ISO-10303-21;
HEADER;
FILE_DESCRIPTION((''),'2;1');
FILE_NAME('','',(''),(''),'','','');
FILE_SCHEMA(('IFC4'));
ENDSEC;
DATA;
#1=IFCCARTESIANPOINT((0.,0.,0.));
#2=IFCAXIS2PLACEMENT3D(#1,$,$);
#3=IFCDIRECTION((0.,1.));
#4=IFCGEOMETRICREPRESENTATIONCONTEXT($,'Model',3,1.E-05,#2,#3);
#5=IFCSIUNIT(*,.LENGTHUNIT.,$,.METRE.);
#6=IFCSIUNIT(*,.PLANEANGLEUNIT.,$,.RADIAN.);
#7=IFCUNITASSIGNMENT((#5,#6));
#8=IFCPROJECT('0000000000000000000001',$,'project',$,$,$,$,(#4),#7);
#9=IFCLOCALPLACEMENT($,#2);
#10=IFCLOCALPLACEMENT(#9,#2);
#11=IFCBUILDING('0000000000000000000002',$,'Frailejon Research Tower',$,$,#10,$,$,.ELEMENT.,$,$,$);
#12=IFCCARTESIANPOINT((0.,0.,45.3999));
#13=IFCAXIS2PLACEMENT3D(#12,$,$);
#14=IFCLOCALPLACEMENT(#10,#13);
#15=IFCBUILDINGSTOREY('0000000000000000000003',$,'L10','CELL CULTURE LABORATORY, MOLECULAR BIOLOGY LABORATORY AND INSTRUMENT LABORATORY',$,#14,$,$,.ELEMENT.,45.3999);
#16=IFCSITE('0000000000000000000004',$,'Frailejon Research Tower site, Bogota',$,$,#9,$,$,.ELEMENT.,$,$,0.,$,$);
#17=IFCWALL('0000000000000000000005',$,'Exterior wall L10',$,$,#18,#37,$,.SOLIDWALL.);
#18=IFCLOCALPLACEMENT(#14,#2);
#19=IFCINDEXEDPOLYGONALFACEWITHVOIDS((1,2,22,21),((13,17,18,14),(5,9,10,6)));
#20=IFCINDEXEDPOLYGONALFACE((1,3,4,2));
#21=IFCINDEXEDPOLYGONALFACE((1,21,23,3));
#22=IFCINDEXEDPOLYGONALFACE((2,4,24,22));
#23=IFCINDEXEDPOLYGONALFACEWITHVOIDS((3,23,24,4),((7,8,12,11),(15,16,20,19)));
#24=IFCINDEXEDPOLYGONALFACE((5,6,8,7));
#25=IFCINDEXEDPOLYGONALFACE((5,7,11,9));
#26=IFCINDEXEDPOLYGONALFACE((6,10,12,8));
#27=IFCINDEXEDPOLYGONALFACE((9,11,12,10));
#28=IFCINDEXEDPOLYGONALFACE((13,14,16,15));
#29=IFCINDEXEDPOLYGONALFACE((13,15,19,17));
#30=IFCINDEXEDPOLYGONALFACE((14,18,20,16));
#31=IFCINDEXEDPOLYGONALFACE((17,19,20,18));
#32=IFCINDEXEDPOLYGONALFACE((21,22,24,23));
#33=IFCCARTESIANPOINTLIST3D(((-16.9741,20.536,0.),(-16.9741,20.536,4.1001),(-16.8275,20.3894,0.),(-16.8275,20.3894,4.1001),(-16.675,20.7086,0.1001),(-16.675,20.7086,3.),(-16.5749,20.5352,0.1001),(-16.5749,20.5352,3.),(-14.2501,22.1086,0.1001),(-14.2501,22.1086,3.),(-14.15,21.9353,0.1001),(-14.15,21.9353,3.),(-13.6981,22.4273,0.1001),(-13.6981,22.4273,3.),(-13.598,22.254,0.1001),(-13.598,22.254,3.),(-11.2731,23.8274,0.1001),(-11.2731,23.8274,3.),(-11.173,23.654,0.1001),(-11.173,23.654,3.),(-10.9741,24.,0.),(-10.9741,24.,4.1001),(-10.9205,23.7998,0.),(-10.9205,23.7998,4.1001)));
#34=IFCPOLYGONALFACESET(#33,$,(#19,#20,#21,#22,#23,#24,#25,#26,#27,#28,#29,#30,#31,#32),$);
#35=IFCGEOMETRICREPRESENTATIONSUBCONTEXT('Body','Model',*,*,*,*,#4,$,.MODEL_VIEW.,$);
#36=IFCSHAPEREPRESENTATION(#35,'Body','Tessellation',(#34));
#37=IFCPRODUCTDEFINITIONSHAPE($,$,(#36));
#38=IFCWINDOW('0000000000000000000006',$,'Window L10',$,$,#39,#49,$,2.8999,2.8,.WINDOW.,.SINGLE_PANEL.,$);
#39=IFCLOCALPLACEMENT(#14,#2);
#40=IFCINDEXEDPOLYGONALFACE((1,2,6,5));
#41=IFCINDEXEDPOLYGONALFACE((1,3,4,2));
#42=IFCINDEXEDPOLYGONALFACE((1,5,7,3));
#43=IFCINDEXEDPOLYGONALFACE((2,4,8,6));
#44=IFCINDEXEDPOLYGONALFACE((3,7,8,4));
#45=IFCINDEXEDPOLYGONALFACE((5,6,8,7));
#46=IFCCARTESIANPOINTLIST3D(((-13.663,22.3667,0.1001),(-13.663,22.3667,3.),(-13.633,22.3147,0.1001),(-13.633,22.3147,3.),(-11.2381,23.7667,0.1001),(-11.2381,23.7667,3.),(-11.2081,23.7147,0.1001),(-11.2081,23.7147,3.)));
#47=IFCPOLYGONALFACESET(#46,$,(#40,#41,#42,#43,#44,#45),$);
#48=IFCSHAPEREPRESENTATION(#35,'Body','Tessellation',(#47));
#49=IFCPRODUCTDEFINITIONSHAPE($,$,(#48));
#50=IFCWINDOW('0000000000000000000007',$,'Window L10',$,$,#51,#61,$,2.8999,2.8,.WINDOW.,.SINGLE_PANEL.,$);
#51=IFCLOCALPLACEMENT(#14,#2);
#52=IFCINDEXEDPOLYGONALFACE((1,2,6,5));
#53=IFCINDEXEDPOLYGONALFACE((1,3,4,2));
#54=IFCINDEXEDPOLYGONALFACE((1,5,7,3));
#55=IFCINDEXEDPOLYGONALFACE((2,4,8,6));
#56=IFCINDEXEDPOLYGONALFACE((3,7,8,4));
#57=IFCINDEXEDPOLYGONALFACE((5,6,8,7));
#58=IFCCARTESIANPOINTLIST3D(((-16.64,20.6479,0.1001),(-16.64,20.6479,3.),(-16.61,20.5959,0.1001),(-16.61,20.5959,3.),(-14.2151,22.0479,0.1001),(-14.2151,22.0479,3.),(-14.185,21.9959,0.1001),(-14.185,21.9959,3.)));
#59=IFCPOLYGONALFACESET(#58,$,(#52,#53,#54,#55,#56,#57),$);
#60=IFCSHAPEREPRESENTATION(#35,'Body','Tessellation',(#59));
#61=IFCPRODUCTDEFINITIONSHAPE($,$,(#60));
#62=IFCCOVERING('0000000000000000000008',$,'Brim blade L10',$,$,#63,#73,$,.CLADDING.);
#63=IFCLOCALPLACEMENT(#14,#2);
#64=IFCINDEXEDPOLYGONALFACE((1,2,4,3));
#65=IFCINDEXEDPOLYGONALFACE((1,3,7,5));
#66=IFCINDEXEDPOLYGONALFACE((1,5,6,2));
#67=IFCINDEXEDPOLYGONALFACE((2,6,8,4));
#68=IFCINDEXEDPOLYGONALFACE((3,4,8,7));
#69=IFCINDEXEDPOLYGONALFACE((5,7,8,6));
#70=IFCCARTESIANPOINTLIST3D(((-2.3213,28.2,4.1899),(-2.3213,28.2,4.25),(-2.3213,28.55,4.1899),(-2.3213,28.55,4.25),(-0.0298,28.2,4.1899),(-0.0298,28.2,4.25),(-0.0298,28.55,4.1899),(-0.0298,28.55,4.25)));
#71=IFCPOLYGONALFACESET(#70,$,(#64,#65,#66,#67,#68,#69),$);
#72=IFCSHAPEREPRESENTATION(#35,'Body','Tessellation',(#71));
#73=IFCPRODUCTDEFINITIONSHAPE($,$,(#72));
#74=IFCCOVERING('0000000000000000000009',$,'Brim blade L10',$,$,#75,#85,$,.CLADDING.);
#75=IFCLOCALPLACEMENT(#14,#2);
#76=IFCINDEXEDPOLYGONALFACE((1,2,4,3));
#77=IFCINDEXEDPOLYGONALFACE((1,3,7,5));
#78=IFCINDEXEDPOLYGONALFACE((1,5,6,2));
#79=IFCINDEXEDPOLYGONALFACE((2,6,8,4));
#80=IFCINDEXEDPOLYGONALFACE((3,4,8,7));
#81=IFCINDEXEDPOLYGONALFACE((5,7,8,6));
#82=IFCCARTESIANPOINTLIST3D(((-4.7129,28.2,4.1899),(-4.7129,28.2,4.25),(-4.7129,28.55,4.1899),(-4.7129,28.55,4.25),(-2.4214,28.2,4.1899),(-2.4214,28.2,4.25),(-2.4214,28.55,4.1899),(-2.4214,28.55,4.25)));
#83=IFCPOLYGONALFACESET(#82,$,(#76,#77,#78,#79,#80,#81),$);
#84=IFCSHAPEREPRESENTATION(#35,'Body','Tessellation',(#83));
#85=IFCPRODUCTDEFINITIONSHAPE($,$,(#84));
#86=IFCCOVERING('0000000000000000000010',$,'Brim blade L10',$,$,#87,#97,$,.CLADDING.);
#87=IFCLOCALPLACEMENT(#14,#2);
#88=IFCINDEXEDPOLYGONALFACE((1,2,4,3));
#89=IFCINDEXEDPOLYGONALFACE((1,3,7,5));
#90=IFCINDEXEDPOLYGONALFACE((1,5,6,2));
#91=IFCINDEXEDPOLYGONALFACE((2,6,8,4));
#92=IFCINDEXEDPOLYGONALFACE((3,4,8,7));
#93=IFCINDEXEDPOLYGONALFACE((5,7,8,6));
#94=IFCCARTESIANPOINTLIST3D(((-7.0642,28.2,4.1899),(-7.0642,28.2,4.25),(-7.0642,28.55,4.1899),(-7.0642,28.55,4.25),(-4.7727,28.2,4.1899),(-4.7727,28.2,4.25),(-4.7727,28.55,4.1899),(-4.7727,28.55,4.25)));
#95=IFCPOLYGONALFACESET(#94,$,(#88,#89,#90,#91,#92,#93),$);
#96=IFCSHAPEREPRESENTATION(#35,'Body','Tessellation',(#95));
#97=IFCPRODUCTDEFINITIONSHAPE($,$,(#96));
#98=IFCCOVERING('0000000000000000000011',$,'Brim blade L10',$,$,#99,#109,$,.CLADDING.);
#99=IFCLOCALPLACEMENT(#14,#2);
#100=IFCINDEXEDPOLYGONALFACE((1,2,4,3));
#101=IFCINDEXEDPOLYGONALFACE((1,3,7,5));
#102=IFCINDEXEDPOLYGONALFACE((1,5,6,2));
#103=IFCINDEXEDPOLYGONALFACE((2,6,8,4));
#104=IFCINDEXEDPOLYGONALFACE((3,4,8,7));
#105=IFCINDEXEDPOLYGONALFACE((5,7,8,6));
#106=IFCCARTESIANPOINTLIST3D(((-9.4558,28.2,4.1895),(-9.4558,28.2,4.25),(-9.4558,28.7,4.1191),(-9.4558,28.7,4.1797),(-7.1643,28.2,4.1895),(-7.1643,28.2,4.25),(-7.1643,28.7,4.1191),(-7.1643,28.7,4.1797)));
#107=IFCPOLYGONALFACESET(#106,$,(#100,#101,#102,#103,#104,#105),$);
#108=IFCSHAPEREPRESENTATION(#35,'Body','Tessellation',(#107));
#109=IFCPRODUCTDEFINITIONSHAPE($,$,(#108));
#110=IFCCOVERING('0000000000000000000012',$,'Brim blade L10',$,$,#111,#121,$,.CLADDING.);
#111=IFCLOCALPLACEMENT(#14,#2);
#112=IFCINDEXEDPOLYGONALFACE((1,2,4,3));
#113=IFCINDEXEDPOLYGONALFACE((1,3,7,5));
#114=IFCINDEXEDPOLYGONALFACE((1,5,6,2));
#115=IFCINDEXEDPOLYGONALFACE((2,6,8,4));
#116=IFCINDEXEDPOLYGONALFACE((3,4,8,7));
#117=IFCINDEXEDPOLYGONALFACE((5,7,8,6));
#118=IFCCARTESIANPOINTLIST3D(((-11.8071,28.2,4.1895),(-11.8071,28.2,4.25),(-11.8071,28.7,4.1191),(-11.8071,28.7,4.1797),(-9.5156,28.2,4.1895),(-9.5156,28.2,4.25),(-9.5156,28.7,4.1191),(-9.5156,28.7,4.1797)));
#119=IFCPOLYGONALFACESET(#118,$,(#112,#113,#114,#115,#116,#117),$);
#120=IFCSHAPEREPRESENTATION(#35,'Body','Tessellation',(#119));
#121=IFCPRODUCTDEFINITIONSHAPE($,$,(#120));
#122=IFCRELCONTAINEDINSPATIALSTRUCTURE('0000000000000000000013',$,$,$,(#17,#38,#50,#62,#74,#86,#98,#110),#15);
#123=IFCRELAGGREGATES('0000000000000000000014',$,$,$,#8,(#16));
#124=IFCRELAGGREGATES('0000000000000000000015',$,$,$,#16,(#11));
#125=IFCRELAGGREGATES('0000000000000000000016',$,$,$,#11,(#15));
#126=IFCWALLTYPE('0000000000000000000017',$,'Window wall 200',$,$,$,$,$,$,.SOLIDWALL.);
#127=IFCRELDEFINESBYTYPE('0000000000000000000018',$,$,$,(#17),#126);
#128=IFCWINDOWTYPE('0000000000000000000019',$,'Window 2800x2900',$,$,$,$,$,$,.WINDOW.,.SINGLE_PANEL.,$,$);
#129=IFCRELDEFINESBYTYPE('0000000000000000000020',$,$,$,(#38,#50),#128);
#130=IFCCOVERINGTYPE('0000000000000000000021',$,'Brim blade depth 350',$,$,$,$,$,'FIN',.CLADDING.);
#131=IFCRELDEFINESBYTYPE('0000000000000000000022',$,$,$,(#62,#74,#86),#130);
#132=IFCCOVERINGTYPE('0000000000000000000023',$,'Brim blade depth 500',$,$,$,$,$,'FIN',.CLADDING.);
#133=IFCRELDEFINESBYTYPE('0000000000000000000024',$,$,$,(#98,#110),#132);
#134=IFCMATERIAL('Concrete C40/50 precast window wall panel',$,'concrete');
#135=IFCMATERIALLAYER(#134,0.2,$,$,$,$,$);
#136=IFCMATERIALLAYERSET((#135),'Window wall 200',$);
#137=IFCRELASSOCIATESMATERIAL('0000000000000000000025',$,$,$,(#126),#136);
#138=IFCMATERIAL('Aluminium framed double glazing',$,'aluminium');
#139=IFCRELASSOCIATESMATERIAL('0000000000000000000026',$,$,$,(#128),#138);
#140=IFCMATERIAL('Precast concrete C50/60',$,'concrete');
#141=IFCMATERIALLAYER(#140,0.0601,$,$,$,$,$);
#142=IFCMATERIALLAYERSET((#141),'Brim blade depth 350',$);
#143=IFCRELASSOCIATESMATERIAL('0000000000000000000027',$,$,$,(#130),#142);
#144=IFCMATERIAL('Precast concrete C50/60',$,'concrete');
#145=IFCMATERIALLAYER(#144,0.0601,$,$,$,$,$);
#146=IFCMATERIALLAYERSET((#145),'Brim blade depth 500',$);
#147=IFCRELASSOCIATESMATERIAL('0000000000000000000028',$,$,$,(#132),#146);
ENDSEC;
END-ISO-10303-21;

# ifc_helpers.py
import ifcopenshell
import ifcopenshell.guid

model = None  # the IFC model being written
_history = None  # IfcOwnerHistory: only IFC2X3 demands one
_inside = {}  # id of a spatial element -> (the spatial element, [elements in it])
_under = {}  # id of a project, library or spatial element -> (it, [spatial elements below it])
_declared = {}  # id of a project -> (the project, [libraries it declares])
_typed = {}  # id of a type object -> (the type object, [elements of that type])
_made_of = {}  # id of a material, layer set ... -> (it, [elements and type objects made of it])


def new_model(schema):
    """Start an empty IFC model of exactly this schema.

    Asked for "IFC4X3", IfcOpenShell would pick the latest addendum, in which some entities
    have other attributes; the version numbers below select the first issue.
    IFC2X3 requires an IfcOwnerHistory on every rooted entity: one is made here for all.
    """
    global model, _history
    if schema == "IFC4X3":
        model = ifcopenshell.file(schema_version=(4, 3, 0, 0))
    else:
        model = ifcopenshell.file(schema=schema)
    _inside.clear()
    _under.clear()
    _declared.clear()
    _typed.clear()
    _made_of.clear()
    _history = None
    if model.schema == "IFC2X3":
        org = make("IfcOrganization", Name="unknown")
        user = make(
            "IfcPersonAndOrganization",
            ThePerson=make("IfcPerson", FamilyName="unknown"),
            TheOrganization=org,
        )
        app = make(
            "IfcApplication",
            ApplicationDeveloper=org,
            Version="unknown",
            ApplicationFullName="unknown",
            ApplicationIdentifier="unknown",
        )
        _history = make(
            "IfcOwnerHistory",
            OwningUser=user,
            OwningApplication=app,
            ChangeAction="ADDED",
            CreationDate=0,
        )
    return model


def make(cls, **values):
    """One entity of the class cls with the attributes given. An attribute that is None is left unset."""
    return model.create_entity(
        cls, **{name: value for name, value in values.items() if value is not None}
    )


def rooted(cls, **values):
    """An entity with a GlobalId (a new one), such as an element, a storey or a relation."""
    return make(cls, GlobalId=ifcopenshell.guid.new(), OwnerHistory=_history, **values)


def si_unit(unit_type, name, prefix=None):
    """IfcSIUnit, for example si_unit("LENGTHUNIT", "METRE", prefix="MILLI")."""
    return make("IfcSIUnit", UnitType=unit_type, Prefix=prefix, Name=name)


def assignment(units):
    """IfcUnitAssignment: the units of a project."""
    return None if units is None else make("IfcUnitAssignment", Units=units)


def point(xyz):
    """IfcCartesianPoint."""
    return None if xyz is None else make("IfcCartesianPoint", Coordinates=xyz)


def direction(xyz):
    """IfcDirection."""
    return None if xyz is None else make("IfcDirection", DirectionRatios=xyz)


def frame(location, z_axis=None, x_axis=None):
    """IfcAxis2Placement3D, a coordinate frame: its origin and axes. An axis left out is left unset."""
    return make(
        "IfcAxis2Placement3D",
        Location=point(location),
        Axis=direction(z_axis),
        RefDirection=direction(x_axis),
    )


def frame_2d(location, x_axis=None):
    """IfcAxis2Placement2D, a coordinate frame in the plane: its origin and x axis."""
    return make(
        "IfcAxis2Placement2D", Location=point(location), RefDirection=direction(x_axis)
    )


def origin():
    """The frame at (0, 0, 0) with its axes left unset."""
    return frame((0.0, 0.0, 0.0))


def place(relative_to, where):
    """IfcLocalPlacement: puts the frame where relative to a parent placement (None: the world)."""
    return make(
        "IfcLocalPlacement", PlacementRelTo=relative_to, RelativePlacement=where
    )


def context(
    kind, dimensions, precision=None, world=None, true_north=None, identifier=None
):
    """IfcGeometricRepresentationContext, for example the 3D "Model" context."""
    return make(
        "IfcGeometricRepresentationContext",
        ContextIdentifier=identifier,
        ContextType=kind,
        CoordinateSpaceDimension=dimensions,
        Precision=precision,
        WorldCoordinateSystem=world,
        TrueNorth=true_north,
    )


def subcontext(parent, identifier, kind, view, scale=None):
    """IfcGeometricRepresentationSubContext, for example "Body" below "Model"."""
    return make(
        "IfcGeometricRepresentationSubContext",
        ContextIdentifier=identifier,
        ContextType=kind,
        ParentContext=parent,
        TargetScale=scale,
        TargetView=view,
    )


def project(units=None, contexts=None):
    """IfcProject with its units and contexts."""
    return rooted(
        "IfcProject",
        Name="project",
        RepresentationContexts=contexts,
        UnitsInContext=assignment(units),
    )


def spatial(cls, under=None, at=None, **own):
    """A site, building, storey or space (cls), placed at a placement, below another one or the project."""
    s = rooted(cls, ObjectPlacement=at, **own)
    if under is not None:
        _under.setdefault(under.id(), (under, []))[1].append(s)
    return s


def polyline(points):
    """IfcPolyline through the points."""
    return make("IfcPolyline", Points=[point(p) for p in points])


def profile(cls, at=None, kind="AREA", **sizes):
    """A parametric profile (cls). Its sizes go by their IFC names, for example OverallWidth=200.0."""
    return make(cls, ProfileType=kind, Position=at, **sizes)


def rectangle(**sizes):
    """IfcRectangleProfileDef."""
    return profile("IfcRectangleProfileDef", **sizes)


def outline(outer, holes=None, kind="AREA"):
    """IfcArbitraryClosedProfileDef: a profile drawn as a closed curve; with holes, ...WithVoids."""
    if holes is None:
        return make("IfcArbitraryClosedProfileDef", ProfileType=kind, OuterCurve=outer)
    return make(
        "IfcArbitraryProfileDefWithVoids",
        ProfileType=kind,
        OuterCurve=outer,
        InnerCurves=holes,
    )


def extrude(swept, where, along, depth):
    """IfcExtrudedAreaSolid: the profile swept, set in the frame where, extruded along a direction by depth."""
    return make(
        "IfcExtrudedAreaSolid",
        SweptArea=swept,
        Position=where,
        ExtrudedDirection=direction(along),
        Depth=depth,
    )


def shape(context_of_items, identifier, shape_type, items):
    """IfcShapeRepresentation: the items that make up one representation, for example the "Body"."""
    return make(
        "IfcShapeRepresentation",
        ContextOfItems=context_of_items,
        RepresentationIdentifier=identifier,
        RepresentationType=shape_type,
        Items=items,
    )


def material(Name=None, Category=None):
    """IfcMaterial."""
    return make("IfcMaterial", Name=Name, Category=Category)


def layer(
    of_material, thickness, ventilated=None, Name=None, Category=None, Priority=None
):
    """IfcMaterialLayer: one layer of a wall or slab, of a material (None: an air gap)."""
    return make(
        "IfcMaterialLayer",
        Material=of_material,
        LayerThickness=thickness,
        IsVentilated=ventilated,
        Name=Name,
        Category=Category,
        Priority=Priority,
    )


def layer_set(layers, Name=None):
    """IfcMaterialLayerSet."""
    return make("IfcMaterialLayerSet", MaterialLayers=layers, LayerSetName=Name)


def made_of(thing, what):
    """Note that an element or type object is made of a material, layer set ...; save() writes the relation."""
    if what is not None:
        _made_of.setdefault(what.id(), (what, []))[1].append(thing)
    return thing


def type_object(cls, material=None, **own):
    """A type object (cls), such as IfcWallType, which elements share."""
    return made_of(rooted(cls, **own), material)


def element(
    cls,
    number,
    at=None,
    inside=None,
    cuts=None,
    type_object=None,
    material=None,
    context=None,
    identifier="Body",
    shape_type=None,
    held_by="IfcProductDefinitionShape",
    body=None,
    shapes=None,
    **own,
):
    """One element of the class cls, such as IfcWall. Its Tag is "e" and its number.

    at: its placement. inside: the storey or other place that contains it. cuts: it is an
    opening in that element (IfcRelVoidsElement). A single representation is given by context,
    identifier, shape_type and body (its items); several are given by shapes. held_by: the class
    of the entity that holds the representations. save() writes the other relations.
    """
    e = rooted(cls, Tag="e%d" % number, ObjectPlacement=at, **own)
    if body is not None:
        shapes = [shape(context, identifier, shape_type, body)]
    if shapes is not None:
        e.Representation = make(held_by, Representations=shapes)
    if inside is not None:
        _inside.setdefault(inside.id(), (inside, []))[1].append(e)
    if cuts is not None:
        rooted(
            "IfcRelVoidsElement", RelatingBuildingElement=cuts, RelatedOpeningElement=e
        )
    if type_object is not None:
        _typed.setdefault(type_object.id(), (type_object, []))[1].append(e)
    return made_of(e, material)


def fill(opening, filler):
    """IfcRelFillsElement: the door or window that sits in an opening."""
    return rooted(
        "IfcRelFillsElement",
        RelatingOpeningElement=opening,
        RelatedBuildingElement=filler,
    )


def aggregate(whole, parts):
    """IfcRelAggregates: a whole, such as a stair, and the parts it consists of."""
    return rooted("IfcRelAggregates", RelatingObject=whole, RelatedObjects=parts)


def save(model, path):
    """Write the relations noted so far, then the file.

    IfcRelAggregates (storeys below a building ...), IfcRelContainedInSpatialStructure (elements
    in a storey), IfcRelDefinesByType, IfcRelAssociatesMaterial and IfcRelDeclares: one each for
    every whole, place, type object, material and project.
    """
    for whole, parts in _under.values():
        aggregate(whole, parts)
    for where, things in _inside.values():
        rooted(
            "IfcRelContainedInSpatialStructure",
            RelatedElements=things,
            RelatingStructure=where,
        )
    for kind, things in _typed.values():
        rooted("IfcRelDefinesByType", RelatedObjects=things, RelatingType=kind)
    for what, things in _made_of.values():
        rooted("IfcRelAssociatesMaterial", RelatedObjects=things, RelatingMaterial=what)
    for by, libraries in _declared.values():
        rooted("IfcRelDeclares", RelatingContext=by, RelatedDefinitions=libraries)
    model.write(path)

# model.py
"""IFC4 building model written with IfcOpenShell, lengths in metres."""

from ifc_helpers import new_model, si_unit, direction, frame, frame_2d, origin, place, context, subcontext, project, spatial, polyline, rectangle, outline, extrude, material, layer, layer_set, type_object, element, fill, save


model = new_model("IFC4")

# Units and contexts
model_context = context("Model", 3, precision=1e-05, world=origin(), true_north=direction((0.0, 1.0)))
body_context = subcontext(model_context, "Body", "Model", "MODEL_VIEW")
ifc_project = project(units=[si_unit("LENGTHUNIT", "METRE"), si_unit("PLANEANGLEUNIT", "RADIAN")], contexts=[model_context])

# Site, building, storey
site_placement = place(None, origin())
site = spatial("IfcSite", under=ifc_project, at=site_placement, Name="Frailejon Research Tower site, Bogota", CompositionType="ELEMENT", RefElevation=0.0)
building_placement = place(site_placement, origin())
building = spatial("IfcBuilding", under=site, at=building_placement, Name="Frailejon Research Tower", CompositionType="ELEMENT")
storey_placement = place(building_placement, frame((0.0, 0.0, 45.3999)))
storey = spatial("IfcBuildingStorey", under=building, at=storey_placement, Name="L10", Description="CELL CULTURE LABORATORY, MOLECULAR BIOLOGY LABORATORY AND INSTRUMENT LABORATORY", CompositionType="ELEMENT", Elevation=45.3999)

# Wall, openings, windows
ifc_material_1 = material(Name="Concrete C40/50 precast window wall panel", Category="concrete")
ifc_layer_1 = layer(ifc_material_1, 0.2)
ifc_layer_set_1 = layer_set([ifc_layer_1], Name="Window wall 200")
wall_type_1 = type_object("IfcWallType", Name="Window wall 200", PredefinedType="SOLIDWALL", material=ifc_layer_set_1)
wall_1_placement = place(storey_placement, frame((-10.9473, 23.8999, 0.0), z_axis=(0.0, 0.0, 1.0), x_axis=(-0.866029, -0.499993, 0.0)))
wall_1 = element("IfcWall", 1, at=wall_1_placement, inside=storey, type_object=wall_type_1, Name="Exterior wall L10", PredefinedType="SOLIDWALL", context=body_context, shape_type="SweptSolid", body=[
    extrude(outline(polyline([(-0.0269, -0.1001), (1.1279, -0.1001), (2.2825, -0.1001), (3.4373, -0.1001), (4.592, -0.1001), (5.7466, -0.1001), (6.9014, -0.1001), (6.8477, 0.1001), (5.7109, 0.1001), (4.574, 0.1001), (3.4373, 0.1001), (2.3005, 0.1001), (1.1636, 0.1001), (0.0269, 0.1001), (-0.0269, -0.1001)])), origin(), (0.0, 0.0, 1.0), 4.1001),
])
opening_1_placement = place(wall_1_placement, frame((0.3186, 0.0, 0.1001)))
opening_1 = element("IfcOpeningElement", 2, at=opening_1_placement, cuts=wall_1, PredefinedType="OPENING", context=body_context, shape_type="SweptSolid", body=[
    extrude(rectangle(XDim=2.8, YDim=2.8999, at=frame_2d((1.3999, 1.45))), frame((0.0, 0.1099, 0.0), z_axis=(0.0, -1.0, 0.0), x_axis=(1.0, 0.0, 0.0)), (0.0, 0.0, 1.0), 0.22),
])
opening_2_placement = place(wall_1_placement, frame((3.7561, 0.0, 0.1001)))
opening_2 = element("IfcOpeningElement", 3, at=opening_2_placement, cuts=wall_1, PredefinedType="OPENING", context=body_context, shape_type="SweptSolid", body=[
    extrude(rectangle(XDim=2.8, YDim=2.8999, at=frame_2d((1.3999, 1.45))), frame((0.0, 0.1099, 0.0), z_axis=(0.0, -1.0, 0.0), x_axis=(1.0, 0.0, 0.0)), (0.0, 0.0, 1.0), 0.22),
])
ifc_material_2 = material(Name="Aluminium framed double glazing", Category="aluminium")
window_type = type_object("IfcWindowType", Name="Window 2800x2900", PartitioningType="SINGLE_PANEL", PredefinedType="WINDOW", material=ifc_material_2)
window_1_placement = place(opening_1_placement, origin())
window_1 = element("IfcWindow", 4, at=window_1_placement, inside=storey, type_object=window_type, Name="Window L10", OverallHeight=2.8999, OverallWidth=2.8, PartitioningType="SINGLE_PANEL", PredefinedType="WINDOW", context=body_context, shape_type="SweptSolid", body=[
    extrude(rectangle(XDim=2.8, YDim=2.8999, at=frame_2d((1.3999, 1.45))), frame((0.0, 0.03, 0.0), z_axis=(0.0, -1.0, 0.0), x_axis=(1.0, 0.0, 0.0)), (0.0, 0.0, 1.0), 0.0601),
])
fill(opening_1, window_1)
window_2_placement = place(opening_2_placement, origin())
window_2 = element("IfcWindow", 5, at=window_2_placement, inside=storey, type_object=window_type, Name="Window L10", OverallHeight=2.8999, OverallWidth=2.8, PartitioningType="SINGLE_PANEL", PredefinedType="WINDOW", context=body_context, shape_type="SweptSolid", body=[
    extrude(rectangle(XDim=2.8, YDim=2.8999, at=frame_2d((1.3999, 1.45))), frame((0.0, 0.03, 0.0), z_axis=(0.0, -1.0, 0.0), x_axis=(1.0, 0.0, 0.0)), (0.0, 0.0, 1.0), 0.0601),
])
fill(opening_2, window_2)

# Coverings
ifc_material_3 = material(Name="Precast concrete C50/60", Category="concrete")
ifc_layer_2 = layer(ifc_material_3, 0.0601)
ifc_layer_set_2 = layer_set([ifc_layer_2], Name="Brim blade depth 350")
covering_type_1 = type_object("IfcCoveringType", Name="Brim blade depth 350", ElementType="FIN", PredefinedType="CLADDING", material=ifc_layer_set_2)
for number, where, z_axis, x_axis, name in (
    (6, (-2.3213, 28.2, 4.25), (1.0, 0.0, 0.0), (0.0, 1.0, 0.0), "Brim blade L10"),
    (7, (-4.7129, 28.2, 4.25), (1.0, 0.0, 0.0), (0.0, 1.0, 0.0), "Brim blade L10"),
    (8, (-7.0642, 28.2, 4.25), (1.0, 0.0, 0.0), (0.0, 1.0, 0.0), "Brim blade L10"),
):
    element("IfcCovering", number, at=place(storey_placement, frame(where, z_axis=z_axis, x_axis=x_axis)), inside=storey, type_object=covering_type_1, Name=name, PredefinedType="CLADDING", context=body_context, shape_type="SweptSolid", body=[
        extrude(outline(polyline([(0.0, -0.0601), (0.3501, -0.0601), (0.3501, 0.0), (0.0, 0.0), (0.0, -0.0601)])), origin(), (0.0, 0.0, 1.0), 2.2915),
    ])
ifc_material_4 = material(Name="Precast concrete C50/60", Category="concrete")
ifc_layer_3 = layer(ifc_material_4, 0.0601)
ifc_layer_set_3 = layer_set([ifc_layer_3], Name="Brim blade depth 500")
covering_type_2 = type_object("IfcCoveringType", Name="Brim blade depth 500", ElementType="FIN", PredefinedType="CLADDING", material=ifc_layer_set_3)
for number, where, z_axis, x_axis, name in (
    (9, (-9.4558, 28.2, 4.25), (1.0, 0.0, 0.0), (0.0, 1.0, 0.0), "Brim blade L10"),
    (10, (-11.8071, 28.2, 4.25), (1.0, 0.0, 0.0), (0.0, 1.0, 0.0), "Brim blade L10"),
):
    element("IfcCovering", number, at=place(storey_placement, frame(where, z_axis=z_axis, x_axis=x_axis)), inside=storey, type_object=covering_type_2, Name=name, PredefinedType="CLADDING", context=body_context, shape_type="SweptSolid", body=[
        extrude(outline(polyline([(0.0, -0.0605), (0.5, -0.1309), (0.5, -0.0703), (0.0, 0.0), (0.0, -0.0605)])), origin(), (0.0, 0.0, 1.0), 2.2915),
    ])

save(model, "model.ifc")
